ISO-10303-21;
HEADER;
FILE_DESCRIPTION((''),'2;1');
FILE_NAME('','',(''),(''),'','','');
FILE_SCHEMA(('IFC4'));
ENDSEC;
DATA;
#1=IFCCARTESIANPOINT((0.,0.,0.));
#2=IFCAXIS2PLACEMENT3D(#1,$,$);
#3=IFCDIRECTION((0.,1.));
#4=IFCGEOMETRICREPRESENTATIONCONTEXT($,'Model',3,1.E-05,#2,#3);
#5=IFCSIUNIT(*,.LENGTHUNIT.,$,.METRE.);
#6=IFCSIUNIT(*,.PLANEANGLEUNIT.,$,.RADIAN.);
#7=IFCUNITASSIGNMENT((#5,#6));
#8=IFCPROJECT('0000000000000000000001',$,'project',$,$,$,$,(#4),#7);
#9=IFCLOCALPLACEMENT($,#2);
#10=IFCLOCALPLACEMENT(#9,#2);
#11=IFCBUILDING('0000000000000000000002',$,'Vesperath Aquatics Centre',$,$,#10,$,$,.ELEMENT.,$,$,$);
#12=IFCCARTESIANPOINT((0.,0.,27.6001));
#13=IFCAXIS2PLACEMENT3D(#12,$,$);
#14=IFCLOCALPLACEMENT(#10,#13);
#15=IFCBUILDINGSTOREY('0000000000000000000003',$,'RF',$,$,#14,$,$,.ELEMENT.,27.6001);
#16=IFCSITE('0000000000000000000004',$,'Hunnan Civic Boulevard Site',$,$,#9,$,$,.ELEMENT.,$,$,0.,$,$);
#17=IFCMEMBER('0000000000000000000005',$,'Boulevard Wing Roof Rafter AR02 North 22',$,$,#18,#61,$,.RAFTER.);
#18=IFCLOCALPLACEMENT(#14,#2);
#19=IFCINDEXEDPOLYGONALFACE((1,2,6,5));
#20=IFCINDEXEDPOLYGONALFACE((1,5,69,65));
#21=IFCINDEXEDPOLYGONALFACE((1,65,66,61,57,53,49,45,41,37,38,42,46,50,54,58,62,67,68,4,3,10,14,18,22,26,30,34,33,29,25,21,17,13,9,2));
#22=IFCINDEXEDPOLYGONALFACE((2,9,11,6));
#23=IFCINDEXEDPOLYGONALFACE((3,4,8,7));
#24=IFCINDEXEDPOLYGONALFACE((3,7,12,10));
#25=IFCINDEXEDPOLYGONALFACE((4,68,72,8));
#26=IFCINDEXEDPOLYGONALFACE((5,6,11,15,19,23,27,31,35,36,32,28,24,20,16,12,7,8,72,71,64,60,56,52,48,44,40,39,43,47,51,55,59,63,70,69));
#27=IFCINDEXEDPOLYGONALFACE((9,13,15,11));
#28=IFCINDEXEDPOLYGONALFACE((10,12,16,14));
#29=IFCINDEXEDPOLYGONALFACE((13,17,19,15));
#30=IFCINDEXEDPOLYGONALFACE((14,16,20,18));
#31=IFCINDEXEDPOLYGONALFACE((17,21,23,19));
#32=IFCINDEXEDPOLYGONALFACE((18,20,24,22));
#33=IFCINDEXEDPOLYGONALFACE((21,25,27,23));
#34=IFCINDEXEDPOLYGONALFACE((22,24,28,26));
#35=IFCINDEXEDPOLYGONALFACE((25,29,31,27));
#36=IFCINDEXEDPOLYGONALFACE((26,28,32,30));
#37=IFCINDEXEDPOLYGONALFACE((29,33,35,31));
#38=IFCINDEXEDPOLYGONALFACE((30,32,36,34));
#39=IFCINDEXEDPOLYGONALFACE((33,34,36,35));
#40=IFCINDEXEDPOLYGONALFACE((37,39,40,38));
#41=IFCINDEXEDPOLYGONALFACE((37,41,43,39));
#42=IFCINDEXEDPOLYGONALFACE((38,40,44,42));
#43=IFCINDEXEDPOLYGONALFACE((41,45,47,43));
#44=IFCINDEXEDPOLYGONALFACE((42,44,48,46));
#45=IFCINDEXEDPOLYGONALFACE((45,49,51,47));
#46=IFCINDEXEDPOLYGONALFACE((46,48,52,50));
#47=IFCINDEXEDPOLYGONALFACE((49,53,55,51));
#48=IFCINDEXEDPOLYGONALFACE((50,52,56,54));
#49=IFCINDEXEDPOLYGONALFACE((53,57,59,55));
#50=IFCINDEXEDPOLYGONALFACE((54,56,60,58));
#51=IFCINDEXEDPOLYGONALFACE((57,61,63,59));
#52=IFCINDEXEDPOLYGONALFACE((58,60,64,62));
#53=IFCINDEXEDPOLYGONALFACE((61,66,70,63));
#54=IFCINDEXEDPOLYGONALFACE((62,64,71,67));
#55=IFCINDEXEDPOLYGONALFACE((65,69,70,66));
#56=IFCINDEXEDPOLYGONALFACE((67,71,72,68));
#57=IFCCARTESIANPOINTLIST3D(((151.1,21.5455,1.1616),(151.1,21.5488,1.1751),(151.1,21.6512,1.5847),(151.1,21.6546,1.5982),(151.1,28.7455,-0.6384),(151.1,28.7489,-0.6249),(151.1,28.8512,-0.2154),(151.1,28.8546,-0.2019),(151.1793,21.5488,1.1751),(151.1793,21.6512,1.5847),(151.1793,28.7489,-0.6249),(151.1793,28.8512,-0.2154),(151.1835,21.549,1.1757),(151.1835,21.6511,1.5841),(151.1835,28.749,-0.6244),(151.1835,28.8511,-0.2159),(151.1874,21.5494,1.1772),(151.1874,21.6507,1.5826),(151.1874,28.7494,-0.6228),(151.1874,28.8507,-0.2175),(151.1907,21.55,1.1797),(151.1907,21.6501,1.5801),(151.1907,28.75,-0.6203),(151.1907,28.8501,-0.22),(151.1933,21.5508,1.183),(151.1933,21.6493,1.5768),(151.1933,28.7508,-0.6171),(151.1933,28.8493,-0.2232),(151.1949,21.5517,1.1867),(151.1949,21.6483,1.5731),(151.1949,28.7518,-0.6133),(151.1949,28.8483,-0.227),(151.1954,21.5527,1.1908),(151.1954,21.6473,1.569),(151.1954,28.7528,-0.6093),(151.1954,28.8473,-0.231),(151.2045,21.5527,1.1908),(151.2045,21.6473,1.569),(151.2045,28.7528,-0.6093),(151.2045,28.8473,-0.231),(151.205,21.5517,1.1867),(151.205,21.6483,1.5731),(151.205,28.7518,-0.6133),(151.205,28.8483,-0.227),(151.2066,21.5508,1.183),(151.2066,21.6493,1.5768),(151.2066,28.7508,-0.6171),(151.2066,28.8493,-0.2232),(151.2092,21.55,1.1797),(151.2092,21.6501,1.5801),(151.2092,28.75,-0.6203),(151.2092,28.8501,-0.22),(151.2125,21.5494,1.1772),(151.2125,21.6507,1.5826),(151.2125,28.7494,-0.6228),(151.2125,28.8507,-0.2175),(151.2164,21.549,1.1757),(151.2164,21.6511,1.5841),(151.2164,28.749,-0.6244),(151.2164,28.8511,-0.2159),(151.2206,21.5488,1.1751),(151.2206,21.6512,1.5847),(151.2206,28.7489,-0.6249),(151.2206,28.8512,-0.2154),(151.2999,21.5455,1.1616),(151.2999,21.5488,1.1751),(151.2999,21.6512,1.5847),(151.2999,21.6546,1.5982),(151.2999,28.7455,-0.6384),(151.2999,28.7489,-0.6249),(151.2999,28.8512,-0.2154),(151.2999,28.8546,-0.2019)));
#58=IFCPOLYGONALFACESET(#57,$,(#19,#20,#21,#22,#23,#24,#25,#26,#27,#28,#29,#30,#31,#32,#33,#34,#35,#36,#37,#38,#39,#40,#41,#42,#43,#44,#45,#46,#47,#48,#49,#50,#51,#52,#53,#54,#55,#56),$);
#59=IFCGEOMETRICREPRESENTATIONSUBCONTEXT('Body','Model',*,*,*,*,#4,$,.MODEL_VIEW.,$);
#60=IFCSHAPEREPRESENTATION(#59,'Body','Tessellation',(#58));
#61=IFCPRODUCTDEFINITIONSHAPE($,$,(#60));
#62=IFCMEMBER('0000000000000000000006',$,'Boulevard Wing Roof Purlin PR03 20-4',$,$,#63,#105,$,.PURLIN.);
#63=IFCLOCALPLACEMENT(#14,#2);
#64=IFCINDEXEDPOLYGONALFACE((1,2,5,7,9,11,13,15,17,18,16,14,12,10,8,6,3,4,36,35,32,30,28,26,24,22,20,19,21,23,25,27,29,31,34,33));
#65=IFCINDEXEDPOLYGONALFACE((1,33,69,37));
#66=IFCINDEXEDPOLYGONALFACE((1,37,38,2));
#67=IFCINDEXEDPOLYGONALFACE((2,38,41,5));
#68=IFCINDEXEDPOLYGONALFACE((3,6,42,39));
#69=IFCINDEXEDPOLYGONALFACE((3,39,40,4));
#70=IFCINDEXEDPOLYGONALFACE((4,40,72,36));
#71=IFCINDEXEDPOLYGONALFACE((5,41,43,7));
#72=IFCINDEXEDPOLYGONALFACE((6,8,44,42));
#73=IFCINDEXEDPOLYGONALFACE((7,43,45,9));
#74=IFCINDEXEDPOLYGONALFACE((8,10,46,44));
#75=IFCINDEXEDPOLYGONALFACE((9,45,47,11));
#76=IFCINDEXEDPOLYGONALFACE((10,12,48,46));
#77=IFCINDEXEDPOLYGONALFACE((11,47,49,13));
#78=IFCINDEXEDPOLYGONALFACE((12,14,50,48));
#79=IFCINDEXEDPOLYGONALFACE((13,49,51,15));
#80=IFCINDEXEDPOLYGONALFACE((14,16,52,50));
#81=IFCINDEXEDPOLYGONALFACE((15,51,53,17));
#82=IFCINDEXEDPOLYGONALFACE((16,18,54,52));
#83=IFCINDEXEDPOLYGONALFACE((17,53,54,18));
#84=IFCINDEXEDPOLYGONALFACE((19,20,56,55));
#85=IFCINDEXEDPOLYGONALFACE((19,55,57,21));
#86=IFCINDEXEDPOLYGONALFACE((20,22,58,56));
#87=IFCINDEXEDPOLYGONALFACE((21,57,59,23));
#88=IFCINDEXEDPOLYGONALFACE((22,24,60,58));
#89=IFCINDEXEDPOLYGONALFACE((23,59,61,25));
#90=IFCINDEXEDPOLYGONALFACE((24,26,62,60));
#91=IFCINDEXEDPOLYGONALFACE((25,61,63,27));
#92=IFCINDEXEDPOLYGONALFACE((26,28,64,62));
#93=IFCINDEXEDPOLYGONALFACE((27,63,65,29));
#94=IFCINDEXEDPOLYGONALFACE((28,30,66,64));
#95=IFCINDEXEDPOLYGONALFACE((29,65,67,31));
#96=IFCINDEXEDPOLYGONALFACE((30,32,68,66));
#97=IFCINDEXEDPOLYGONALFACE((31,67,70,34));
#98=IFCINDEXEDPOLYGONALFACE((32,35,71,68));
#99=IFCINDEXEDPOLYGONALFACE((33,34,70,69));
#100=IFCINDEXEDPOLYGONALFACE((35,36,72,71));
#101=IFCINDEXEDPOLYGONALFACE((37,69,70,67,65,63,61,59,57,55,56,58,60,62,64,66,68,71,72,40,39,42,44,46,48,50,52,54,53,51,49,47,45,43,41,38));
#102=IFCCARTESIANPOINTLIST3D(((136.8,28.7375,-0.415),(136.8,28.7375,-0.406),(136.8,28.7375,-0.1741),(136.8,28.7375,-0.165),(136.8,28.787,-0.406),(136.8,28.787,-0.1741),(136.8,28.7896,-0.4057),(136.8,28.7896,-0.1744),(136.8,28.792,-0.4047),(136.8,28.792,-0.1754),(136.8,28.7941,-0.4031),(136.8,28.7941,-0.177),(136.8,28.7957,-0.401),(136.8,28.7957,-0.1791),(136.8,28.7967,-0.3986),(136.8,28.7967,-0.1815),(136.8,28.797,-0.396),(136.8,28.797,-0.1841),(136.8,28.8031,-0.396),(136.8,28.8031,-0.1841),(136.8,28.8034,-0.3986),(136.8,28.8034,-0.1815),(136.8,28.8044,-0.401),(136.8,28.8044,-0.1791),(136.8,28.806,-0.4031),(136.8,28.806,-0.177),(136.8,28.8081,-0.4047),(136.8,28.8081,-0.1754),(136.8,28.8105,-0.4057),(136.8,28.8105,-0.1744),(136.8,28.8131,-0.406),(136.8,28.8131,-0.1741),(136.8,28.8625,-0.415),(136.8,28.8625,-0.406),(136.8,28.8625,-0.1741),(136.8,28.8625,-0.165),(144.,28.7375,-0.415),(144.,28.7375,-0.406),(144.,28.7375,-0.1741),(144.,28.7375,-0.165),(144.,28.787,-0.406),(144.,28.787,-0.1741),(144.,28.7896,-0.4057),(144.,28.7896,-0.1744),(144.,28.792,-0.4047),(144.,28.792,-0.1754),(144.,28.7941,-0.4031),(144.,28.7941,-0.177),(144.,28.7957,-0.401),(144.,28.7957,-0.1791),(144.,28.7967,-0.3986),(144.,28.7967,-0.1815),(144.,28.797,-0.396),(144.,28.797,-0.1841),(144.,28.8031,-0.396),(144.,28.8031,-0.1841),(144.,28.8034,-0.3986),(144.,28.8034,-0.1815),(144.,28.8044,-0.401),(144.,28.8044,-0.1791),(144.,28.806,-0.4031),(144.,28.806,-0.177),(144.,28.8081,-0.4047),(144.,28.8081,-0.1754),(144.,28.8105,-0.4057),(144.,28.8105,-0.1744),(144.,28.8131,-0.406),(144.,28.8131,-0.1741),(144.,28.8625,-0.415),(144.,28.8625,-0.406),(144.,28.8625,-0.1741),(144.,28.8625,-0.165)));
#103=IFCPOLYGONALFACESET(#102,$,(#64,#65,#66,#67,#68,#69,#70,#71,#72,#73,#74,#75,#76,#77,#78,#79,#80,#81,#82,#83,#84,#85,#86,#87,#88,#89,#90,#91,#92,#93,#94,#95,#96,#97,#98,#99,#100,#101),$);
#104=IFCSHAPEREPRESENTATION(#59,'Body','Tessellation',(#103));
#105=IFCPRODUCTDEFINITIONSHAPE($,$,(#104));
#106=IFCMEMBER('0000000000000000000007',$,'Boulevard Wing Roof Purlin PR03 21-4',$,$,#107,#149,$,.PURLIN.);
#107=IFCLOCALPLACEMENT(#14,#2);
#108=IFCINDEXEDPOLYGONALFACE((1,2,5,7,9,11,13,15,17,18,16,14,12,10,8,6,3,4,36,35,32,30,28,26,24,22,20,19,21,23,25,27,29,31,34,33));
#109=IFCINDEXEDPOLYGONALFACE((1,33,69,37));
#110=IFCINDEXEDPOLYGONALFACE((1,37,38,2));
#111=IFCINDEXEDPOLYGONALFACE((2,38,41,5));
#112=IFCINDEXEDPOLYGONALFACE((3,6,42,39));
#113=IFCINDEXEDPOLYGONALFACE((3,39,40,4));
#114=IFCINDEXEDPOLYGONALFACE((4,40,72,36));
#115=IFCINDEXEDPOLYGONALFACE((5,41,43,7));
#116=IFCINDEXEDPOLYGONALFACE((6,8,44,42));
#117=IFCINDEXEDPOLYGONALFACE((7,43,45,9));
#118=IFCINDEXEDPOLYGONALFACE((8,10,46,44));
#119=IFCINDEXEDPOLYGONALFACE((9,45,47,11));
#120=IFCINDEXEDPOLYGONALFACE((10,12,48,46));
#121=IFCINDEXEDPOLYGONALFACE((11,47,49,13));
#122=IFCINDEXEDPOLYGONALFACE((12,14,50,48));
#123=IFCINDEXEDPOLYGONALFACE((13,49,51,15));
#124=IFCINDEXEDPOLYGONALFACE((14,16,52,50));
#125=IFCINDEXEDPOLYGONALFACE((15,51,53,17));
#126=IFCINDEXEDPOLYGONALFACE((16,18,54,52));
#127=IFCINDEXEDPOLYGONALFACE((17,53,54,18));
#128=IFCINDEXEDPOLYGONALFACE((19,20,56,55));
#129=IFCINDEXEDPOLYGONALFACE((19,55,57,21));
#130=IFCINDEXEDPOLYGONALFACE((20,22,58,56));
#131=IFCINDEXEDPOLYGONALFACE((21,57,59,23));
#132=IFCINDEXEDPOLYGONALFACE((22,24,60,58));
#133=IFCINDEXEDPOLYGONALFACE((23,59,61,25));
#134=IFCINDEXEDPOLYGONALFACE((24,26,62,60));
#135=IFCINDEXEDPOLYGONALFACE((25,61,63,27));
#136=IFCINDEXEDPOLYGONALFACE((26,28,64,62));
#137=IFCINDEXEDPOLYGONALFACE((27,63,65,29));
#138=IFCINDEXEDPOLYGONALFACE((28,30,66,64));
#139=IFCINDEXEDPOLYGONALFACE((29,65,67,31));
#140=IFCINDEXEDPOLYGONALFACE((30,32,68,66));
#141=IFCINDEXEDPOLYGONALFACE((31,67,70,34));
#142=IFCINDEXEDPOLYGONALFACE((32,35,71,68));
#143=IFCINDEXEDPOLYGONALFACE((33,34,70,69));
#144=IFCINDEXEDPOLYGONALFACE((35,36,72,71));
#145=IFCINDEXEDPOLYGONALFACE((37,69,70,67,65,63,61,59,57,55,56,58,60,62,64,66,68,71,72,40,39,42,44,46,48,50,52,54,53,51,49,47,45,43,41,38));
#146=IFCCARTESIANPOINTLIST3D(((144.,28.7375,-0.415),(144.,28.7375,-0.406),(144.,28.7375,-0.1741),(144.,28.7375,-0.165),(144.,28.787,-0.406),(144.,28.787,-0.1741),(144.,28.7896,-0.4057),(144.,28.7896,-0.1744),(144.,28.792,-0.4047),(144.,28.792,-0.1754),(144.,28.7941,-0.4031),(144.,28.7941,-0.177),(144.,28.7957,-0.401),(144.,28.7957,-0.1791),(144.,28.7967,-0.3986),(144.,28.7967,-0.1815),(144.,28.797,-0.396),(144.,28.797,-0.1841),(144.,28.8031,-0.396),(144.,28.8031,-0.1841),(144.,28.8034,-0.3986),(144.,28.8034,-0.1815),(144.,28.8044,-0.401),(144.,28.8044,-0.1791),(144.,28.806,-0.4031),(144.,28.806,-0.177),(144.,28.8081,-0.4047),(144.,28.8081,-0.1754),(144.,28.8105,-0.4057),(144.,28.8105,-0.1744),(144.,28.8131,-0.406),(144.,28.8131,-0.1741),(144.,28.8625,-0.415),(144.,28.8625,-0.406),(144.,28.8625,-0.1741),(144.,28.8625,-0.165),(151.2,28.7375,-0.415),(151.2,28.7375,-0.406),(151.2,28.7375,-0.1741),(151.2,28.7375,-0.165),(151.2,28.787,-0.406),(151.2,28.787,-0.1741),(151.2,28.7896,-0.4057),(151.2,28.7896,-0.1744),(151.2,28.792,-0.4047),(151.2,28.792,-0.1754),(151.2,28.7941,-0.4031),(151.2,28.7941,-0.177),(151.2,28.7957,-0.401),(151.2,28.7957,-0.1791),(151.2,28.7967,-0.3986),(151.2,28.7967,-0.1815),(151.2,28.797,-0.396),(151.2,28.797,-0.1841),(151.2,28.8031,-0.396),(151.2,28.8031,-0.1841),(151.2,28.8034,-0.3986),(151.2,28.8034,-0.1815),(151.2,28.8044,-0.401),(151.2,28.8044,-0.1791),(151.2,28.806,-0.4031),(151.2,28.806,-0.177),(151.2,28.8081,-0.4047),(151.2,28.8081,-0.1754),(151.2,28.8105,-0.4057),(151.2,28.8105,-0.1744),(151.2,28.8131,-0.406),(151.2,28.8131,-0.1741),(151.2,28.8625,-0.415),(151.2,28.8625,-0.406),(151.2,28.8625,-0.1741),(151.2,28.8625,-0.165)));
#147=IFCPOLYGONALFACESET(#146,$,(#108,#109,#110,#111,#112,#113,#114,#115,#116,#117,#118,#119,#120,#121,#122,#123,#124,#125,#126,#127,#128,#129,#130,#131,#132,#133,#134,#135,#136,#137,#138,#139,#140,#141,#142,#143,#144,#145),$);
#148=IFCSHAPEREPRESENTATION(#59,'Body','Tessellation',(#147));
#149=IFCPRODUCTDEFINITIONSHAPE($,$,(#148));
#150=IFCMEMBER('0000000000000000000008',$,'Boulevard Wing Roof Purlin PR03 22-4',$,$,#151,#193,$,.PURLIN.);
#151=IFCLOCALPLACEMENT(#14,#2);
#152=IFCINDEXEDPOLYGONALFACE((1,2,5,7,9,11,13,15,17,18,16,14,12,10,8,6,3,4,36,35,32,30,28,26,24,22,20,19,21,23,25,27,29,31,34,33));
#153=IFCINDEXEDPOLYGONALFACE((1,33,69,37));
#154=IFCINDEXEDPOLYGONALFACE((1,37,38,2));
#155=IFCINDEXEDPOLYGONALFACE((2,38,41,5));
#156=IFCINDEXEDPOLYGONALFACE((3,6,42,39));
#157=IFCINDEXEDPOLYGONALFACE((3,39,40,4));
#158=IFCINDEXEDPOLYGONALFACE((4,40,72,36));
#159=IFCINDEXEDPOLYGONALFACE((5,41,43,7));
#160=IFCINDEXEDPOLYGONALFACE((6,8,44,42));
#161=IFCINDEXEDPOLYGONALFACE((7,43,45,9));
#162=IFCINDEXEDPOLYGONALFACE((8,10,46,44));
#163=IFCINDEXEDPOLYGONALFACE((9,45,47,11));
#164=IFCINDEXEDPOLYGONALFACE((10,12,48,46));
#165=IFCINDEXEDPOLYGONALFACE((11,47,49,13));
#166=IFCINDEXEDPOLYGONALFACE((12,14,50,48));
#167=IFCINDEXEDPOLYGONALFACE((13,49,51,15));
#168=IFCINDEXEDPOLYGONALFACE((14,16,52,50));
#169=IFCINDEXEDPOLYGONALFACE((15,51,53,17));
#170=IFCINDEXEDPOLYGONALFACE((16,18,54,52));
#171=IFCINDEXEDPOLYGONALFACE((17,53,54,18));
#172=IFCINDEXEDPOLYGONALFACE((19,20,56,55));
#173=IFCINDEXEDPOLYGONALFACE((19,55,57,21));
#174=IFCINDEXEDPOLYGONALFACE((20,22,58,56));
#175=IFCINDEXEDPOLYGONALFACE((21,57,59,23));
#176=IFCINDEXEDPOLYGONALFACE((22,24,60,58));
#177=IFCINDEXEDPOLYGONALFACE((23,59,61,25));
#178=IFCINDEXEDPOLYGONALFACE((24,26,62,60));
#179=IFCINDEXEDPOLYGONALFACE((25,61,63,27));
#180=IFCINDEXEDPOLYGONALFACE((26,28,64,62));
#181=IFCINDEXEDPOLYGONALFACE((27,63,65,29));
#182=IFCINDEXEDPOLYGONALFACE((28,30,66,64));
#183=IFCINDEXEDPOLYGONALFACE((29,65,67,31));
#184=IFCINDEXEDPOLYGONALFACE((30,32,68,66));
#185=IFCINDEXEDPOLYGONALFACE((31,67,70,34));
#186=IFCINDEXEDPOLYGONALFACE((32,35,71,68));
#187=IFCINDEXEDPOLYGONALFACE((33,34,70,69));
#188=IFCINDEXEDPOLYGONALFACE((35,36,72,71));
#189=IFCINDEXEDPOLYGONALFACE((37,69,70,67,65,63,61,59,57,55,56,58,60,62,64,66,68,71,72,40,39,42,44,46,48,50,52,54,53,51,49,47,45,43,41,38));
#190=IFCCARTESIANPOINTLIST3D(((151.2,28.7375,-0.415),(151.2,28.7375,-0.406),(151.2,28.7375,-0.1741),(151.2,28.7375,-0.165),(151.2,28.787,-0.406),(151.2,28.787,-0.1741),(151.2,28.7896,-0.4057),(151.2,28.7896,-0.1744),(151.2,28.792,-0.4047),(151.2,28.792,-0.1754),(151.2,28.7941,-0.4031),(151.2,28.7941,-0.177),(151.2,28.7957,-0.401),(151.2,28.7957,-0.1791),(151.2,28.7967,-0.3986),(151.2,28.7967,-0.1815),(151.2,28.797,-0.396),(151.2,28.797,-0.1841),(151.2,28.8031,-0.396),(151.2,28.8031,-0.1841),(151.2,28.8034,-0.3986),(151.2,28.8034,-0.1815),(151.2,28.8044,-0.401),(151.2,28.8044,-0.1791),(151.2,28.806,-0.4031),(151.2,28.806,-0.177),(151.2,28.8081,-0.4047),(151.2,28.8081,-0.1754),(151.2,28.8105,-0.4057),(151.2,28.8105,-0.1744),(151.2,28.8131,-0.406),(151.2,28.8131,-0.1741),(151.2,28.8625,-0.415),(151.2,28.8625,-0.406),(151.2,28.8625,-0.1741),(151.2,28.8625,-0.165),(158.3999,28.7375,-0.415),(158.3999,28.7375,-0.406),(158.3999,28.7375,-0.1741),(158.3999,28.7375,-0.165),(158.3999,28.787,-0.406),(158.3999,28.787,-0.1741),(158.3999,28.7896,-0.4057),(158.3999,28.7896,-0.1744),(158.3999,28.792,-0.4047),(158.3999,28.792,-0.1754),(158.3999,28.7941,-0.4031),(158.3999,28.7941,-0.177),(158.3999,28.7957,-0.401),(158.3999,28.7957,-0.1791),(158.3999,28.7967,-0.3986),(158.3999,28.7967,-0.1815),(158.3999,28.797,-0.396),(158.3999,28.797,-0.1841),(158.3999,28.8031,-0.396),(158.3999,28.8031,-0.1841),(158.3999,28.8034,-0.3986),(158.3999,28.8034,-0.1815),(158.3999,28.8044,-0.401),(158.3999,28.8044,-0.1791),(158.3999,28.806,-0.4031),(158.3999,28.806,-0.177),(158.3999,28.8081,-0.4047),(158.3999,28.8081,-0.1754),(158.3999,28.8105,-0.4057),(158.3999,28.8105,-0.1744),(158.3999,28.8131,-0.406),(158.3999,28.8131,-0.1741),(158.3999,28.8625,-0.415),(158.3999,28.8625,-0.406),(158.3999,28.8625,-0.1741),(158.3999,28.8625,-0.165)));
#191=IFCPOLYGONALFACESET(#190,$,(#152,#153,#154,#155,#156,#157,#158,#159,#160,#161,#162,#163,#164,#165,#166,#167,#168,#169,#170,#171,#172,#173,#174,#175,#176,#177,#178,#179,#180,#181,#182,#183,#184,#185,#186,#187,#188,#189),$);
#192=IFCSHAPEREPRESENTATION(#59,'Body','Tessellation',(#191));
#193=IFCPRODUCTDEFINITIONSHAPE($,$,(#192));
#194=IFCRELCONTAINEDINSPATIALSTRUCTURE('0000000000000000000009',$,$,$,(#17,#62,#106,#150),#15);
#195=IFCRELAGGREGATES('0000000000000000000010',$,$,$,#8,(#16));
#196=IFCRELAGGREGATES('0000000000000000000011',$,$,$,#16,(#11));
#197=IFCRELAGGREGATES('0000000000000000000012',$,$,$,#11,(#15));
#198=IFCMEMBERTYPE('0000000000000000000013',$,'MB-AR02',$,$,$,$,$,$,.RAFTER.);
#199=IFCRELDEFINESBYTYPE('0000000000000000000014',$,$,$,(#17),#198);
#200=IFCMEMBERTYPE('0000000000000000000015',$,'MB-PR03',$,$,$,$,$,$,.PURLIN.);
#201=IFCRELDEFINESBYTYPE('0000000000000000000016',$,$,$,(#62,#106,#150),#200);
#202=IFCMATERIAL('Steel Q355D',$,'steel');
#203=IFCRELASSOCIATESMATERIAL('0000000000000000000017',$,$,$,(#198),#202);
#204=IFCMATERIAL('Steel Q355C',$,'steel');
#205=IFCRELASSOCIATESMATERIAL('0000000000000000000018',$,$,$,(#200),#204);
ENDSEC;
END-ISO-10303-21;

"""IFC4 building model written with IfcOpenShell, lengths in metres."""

from ifc_helpers import new_model, si_unit, direction, frame, origin, origin_2d, place, context, subcontext, project, spatial, i_section, extrude, material, material_profile, profile_set, type_object, element, save


model = new_model("IFC4")

# Units and contexts
model_context = context("Model", 3, precision=1e-05, world=origin(), true_north=direction((0.0, 1.0)))
body_context = subcontext(model_context, "Body", "Model", "MODEL_VIEW")
ifc_project = project(units=[si_unit("LENGTHUNIT", "METRE"), si_unit("PLANEANGLEUNIT", "RADIAN")], contexts=[model_context])

# Site, building, storey
site_placement = place(None, origin())
site = spatial("IfcSite", under=ifc_project, at=site_placement, Name="Hunnan Civic Boulevard Site", CompositionType="ELEMENT", RefElevation=0.0)
building_placement = place(site_placement, origin())
building = spatial("IfcBuilding", under=site, at=building_placement, Name="Vesperath Aquatics Centre", CompositionType="ELEMENT")
storey_placement = place(building_placement, frame((0.0, 0.0, 27.6001)))
storey = spatial("IfcBuildingStorey", under=building, at=storey_placement, Name="RF", CompositionType="ELEMENT", Elevation=27.6001)

# Shared definitions
ifc_material_1 = material(Name="Steel Q355C", Category="steel")

# Members
ifc_material_2 = material(Name="Steel Q355D", Category="steel")
ifc_material_profile_1 = material_profile(ifc_material_2, i_section(OverallWidth=0.2, OverallDepth=0.45, WebThickness=0.009, FlangeThickness=0.0139, FilletRadius=0.0161, at=origin_2d()), Name="HN 450x200x9x14")
ifc_profile_set_1 = profile_set([ifc_material_profile_1], Name="Steel Q355D")
member_type_1 = type_object("IfcMemberType", Name="MB-AR02", PredefinedType="RAFTER", material=ifc_profile_set_1)
for number, where, z_axis, x_axis, name in (
    (1, (151.2, 28.8, -0.4202), (0.0, -0.970141, 0.242543), (1.0, 0.0, 0.0), "Boulevard Wing Roof Rafter AR02 North 22"),
):
    element("IfcMember", number, at=place(storey_placement, frame(where, z_axis=z_axis, x_axis=x_axis)), inside=storey, type_object=member_type_1, Name=name, PredefinedType="RAFTER", context=body_context, shape_type="SweptSolid", body=[
        extrude(i_section(OverallWidth=0.2, OverallDepth=0.45, WebThickness=0.009, FlangeThickness=0.0139, FilletRadius=0.0161, at=origin_2d()), origin(), (0.0, 0.0, 1.0), 7.4216),
    ])
ifc_material_profile_2 = material_profile(ifc_material_1, i_section(OverallWidth=0.125, OverallDepth=0.25, WebThickness=0.0061, FlangeThickness=0.009, FilletRadius=0.01, at=origin_2d()), Name="HN 250x125x6x9")
ifc_profile_set_2 = profile_set([ifc_material_profile_2], Name="Steel Q355C")
member_type_2 = type_object("IfcMemberType", Name="MB-PR03", PredefinedType="PURLIN", material=ifc_profile_set_2)
for number, where, z_axis, x_axis, name in (
    (2, (136.8, 28.8, -0.29), (1.0, 0.0, 0.0), (0.0, 1.0, 0.0), "Boulevard Wing Roof Purlin PR03 20-4"),
    (3, (144.0, 28.8, -0.29), (1.0, 0.0, 0.0), (0.0, 1.0, 0.0), "Boulevard Wing Roof Purlin PR03 21-4"),
    (4, (151.2, 28.8, -0.29), (1.0, 0.0, 0.0), (0.0, 1.0, 0.0), "Boulevard Wing Roof Purlin PR03 22-4"),
):
    element("IfcMember", number, at=place(storey_placement, frame(where, z_axis=z_axis, x_axis=x_axis)), inside=storey, type_object=member_type_2, Name=name, PredefinedType="PURLIN", context=body_context, shape_type="SweptSolid", body=[
        extrude(i_section(OverallWidth=0.125, OverallDepth=0.25, WebThickness=0.0061, FlangeThickness=0.009, FilletRadius=0.01, at=origin_2d()), origin(), (0.0, 0.0, 1.0), 7.2),
    ])

save(model, "model.ifc")
